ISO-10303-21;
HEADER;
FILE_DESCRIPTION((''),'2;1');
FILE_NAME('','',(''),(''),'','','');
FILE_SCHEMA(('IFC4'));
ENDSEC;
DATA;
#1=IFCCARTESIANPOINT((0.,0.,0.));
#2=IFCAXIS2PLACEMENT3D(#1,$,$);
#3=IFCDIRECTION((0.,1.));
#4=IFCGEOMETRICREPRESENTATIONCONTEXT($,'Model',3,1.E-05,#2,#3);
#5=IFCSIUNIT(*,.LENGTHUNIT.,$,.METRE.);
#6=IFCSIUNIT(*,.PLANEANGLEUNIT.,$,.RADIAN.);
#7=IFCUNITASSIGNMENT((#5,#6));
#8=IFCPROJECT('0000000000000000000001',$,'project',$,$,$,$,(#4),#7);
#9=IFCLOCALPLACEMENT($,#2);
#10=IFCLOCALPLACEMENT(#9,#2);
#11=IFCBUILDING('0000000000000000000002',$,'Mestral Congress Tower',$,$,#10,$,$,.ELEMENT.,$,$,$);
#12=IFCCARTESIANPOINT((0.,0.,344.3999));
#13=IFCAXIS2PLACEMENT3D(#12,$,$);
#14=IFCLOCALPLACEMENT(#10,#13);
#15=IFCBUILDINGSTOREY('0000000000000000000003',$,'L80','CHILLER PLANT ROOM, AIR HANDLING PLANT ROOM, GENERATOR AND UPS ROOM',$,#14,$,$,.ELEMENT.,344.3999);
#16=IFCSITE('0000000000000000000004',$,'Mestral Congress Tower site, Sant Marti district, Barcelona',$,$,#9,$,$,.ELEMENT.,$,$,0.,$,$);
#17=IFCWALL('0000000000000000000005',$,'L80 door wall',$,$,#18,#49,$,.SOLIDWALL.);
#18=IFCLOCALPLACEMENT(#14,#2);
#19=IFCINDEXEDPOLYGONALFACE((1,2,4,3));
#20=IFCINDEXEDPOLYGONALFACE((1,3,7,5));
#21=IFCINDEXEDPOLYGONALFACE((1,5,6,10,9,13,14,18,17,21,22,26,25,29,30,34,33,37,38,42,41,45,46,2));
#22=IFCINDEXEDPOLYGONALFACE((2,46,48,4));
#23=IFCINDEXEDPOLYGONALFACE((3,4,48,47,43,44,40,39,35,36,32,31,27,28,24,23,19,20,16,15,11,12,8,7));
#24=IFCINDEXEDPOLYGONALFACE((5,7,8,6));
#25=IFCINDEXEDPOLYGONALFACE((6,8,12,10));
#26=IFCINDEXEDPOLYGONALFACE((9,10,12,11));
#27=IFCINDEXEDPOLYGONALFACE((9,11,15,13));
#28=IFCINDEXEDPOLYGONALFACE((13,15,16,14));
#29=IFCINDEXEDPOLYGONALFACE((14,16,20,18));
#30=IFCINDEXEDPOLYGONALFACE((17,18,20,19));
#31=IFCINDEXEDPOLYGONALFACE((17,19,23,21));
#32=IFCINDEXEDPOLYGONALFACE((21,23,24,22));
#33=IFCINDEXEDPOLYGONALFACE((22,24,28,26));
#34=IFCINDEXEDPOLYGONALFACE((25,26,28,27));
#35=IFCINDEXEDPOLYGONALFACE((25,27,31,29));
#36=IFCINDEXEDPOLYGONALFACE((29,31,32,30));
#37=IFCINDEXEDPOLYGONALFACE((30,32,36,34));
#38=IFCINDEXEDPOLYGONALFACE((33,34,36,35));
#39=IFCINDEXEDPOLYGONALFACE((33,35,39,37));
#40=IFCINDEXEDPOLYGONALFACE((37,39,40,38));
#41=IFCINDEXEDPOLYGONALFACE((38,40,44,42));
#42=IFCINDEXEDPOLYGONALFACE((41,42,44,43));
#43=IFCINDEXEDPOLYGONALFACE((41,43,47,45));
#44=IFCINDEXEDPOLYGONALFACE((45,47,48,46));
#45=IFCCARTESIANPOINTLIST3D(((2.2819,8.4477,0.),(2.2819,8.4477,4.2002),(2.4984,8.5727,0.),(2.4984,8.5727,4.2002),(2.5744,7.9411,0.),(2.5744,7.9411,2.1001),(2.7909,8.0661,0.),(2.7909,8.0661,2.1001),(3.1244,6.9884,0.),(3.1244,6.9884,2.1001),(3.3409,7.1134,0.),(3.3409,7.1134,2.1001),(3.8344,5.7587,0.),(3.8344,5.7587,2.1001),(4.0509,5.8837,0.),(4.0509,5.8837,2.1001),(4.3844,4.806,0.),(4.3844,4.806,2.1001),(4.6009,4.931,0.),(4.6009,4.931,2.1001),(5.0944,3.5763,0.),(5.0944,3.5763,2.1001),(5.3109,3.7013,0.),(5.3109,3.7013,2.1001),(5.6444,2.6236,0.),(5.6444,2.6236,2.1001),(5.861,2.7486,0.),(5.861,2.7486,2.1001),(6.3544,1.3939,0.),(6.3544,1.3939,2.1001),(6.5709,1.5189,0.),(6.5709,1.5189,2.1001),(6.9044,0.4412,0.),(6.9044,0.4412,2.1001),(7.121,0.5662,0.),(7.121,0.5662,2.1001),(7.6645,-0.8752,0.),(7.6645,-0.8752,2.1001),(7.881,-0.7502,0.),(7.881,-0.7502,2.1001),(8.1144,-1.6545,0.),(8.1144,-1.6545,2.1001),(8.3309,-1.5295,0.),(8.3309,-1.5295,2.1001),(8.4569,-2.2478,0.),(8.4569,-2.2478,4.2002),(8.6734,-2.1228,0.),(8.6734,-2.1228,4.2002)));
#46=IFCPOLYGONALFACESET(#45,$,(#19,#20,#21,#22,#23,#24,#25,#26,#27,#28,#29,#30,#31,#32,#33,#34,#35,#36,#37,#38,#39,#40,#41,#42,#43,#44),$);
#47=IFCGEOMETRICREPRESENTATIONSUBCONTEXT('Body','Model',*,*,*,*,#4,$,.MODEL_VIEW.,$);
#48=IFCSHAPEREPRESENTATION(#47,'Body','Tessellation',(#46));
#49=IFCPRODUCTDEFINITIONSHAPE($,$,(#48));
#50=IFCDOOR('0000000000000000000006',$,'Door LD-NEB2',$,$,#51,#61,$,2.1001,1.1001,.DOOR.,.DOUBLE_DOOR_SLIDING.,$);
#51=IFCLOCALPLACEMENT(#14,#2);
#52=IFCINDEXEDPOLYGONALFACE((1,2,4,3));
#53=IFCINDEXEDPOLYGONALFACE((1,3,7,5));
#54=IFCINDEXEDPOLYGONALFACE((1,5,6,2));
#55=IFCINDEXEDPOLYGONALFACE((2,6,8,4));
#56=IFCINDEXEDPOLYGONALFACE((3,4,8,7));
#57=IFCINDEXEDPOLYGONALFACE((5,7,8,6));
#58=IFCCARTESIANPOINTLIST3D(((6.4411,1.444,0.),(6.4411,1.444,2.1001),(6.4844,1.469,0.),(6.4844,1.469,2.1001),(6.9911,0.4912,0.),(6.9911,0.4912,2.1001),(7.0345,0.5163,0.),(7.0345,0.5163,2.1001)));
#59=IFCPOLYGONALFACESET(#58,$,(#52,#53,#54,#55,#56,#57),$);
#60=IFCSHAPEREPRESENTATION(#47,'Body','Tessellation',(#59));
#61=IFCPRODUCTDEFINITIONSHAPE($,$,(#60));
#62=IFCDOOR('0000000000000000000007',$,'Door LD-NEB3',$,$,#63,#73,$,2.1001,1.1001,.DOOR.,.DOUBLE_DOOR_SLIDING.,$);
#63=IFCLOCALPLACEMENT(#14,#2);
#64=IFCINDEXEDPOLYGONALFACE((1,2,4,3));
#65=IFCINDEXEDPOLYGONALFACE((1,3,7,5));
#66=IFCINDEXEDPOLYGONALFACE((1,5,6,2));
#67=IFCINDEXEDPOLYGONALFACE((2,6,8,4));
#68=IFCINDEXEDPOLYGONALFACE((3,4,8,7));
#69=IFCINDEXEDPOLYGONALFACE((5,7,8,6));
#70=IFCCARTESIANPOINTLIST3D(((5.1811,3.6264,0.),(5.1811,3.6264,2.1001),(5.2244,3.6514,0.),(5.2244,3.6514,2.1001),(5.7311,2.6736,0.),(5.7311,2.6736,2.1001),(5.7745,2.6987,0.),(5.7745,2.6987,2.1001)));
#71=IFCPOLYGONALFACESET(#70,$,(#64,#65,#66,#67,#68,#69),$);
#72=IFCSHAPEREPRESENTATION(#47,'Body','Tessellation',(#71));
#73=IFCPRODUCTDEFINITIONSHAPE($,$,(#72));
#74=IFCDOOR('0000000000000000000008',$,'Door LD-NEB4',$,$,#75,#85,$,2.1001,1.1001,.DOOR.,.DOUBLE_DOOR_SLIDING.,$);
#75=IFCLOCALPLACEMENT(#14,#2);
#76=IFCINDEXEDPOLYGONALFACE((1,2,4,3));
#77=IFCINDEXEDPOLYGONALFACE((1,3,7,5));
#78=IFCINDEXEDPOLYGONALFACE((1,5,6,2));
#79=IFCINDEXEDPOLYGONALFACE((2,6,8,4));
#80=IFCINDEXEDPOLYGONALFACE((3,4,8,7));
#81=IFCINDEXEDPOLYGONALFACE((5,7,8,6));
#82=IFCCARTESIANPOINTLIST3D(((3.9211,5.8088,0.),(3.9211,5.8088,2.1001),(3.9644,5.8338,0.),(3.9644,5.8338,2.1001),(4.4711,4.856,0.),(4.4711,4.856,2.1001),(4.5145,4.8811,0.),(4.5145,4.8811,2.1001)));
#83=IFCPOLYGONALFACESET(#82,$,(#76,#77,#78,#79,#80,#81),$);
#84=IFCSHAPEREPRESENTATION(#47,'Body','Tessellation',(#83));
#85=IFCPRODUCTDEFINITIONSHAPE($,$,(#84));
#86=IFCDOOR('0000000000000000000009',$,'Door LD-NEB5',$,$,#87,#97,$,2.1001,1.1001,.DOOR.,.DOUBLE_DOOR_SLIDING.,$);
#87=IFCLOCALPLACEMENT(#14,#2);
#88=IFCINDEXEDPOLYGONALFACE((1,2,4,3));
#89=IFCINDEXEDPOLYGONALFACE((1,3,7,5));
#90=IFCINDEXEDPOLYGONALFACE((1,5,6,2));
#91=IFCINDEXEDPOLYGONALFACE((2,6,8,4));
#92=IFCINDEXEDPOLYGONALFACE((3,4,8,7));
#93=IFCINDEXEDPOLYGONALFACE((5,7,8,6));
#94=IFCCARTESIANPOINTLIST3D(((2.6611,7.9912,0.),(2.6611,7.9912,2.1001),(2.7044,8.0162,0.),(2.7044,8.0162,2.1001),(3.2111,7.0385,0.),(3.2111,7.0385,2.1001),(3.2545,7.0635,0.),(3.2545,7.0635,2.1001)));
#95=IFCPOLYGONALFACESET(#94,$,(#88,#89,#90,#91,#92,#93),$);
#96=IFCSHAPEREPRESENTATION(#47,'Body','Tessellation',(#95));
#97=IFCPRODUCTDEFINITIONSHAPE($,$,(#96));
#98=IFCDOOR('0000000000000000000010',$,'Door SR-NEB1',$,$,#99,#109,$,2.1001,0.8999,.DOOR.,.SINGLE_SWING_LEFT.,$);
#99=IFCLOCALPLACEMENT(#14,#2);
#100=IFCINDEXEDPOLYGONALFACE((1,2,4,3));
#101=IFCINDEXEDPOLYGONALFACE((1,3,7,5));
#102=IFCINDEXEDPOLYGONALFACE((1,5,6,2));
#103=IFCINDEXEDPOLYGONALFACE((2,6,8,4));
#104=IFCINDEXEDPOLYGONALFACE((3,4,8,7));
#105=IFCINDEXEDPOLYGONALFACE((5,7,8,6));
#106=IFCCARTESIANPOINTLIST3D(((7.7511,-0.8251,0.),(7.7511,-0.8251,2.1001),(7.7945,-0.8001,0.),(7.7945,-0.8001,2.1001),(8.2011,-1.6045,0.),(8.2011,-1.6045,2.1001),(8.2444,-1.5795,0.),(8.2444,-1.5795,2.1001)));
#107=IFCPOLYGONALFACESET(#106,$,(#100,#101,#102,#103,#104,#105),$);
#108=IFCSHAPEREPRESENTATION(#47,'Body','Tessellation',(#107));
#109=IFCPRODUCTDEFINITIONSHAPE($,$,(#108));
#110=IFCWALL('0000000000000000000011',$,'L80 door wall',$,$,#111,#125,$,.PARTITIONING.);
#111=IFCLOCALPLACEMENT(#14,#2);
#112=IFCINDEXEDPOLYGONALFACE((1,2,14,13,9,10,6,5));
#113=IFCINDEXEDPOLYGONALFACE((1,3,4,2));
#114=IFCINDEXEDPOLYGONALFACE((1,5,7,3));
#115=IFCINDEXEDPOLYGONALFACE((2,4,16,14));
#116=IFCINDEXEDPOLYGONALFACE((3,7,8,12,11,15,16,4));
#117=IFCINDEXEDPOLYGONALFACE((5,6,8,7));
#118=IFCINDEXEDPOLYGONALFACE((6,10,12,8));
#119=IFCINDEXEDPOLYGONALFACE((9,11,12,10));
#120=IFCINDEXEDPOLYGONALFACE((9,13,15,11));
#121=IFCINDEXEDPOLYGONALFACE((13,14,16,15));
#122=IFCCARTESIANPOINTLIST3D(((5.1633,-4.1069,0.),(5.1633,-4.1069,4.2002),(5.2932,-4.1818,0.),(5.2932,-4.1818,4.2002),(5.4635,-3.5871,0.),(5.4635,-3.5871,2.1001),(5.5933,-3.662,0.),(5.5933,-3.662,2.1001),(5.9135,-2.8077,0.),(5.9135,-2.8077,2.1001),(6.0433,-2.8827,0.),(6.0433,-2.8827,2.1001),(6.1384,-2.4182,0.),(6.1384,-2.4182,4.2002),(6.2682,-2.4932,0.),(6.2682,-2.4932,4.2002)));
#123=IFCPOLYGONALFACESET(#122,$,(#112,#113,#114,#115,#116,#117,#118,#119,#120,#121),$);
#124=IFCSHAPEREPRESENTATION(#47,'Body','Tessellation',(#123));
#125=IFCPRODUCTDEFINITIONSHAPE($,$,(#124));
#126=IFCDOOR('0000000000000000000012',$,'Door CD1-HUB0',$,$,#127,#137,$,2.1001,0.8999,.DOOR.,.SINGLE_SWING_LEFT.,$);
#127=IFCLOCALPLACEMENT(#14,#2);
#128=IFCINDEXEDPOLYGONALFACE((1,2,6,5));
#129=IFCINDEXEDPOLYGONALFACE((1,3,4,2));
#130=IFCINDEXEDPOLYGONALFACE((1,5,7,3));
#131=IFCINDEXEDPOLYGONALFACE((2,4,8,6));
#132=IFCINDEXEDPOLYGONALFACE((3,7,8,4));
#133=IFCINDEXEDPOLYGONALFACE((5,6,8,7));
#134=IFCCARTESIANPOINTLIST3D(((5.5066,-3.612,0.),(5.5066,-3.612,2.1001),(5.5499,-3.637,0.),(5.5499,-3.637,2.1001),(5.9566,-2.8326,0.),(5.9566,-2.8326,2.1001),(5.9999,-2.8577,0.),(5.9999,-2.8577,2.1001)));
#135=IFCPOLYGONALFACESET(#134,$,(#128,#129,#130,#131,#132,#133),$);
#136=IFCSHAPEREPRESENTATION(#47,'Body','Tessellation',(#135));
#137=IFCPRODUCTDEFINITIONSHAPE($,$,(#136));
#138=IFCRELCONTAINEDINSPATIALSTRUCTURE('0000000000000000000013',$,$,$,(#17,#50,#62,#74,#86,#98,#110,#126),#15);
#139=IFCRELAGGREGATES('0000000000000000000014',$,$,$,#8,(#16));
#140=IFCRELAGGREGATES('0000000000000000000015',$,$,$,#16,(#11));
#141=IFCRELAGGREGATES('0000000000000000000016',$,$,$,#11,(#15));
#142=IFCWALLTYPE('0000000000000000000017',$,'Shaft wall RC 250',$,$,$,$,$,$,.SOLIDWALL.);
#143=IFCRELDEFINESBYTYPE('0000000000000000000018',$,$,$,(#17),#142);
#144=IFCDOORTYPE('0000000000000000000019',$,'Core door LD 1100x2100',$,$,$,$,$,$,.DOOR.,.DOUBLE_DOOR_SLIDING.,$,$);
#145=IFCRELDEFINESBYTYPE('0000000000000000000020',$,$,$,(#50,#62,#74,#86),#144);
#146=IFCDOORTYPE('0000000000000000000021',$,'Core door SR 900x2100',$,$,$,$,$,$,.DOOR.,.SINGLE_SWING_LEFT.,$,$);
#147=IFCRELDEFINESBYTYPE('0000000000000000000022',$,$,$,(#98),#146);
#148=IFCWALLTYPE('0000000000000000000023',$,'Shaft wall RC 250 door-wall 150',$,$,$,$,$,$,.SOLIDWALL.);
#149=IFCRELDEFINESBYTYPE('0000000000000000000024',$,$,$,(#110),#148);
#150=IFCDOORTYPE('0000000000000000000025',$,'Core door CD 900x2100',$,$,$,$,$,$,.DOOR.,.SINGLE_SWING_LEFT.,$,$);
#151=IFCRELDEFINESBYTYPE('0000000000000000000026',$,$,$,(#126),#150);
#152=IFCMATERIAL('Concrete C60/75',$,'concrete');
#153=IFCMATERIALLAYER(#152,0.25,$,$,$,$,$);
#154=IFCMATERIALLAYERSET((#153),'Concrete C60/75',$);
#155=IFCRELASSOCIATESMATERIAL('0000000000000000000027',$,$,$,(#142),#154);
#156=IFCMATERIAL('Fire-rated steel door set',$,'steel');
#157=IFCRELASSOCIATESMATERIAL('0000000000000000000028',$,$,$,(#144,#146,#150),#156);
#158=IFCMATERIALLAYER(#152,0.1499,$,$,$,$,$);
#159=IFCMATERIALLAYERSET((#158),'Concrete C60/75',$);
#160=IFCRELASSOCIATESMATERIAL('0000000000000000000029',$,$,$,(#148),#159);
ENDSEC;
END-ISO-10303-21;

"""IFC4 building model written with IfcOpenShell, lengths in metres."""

from ifc_helpers import new_model, si_unit, direction, frame, frame_2d, origin, place, context, subcontext, project, spatial, rectangle, extrude, material, layer, layer_set, type_object, element, fill, save


model = new_model("IFC4")

# Units and contexts
model_context = context("Model", 3, precision=1e-05, world=origin(), true_north=direction((0.0, 1.0)))
body_context = subcontext(model_context, "Body", "Model", "MODEL_VIEW")
ifc_project = project(units=[si_unit("LENGTHUNIT", "METRE"), si_unit("PLANEANGLEUNIT", "RADIAN")], contexts=[model_context])

# Site, building, storey
site_placement = place(None, origin())
site = spatial("IfcSite", under=ifc_project, at=site_placement, Name="Mestral Congress Tower site, Sant Marti district, Barcelona", CompositionType="ELEMENT", RefElevation=0.0)
building_placement = place(site_placement, origin())
building = spatial("IfcBuilding", under=site, at=building_placement, Name="Mestral Congress Tower", CompositionType="ELEMENT")
storey_placement = place(building_placement, frame((0.0, 0.0, 344.3999)))
storey = spatial("IfcBuildingStorey", under=building, at=storey_placement, Name="L80", Description="CHILLER PLANT ROOM, AIR HANDLING PLANT ROOM, GENERATOR AND UPS ROOM", CompositionType="ELEMENT", Elevation=344.3999)

# Shared definitions
ifc_material_1 = material(Name="Concrete C60/75", Category="concrete")
ifc_layer_1 = layer(ifc_material_1, 0.25)
ifc_layer_set_1 = layer_set([ifc_layer_1], Name="Concrete C60/75")
wall_type_1 = type_object("IfcWallType", Name="Shaft wall RC 250", PredefinedType="SOLIDWALL", material=ifc_layer_set_1)

# Wall, openings, doors
wall_1_placement = place(storey_placement, frame((8.5652, -2.1853, 0.0), z_axis=(0.0, 0.0, 1.0), x_axis=(-0.499998, 0.866027, 0.0)))
wall_1 = element("IfcWall", 1, at=wall_1_placement, inside=storey, type_object=wall_type_1, Name="L80 door wall", PredefinedType="SOLIDWALL", context=body_context, shape_type="SweptSolid", body=[
    extrude(rectangle(XDim=12.3501, YDim=0.25, at=frame_2d((6.175, 0.0))), origin(), (0.0, 0.0, 1.0), 4.2002),
])
opening_1_placement = place(wall_1_placement, frame((0.6851, 0.0, 0.0)))
opening_1 = element("IfcOpeningElement", 2, at=opening_1_placement, cuts=wall_1, PredefinedType="OPENING", context=body_context, shape_type="SweptSolid", body=[
    extrude(rectangle(XDim=0.8999, YDim=2.1001, at=frame_2d((0.45, 1.05))), frame((0.0, 0.135, 0.0), z_axis=(0.0, -1.0, 0.0), x_axis=(1.0, 0.0, 0.0)), (0.0, 0.0, 1.0), 0.27),
])
opening_2_placement = place(wall_1_placement, frame((3.105, 0.0, 0.0)))
opening_2 = element("IfcOpeningElement", 3, at=opening_2_placement, cuts=wall_1, PredefinedType="OPENING", context=body_context, shape_type="SweptSolid", body=[
    extrude(rectangle(XDim=1.1001, YDim=2.1001, at=frame_2d((0.55, 1.05))), frame((0.0, 0.135, 0.0), z_axis=(0.0, -1.0, 0.0), x_axis=(1.0, 0.0, 0.0)), (0.0, 0.0, 1.0), 0.27),
])
opening_3_placement = place(wall_1_placement, frame((5.625, 0.0, 0.0)))
opening_3 = element("IfcOpeningElement", 4, at=opening_3_placement, cuts=wall_1, PredefinedType="OPENING", context=body_context, shape_type="SweptSolid", body=[
    extrude(rectangle(XDim=1.1001, YDim=2.1001, at=frame_2d((0.55, 1.05))), frame((0.0, 0.135, 0.0), z_axis=(0.0, -1.0, 0.0), x_axis=(1.0, 0.0, 0.0)), (0.0, 0.0, 1.0), 0.27),
])
opening_4_placement = place(wall_1_placement, frame((8.145, 0.0, 0.0)))
opening_4 = element("IfcOpeningElement", 5, at=opening_4_placement, cuts=wall_1, PredefinedType="OPENING", context=body_context, shape_type="SweptSolid", body=[
    extrude(rectangle(XDim=1.1001, YDim=2.1001, at=frame_2d((0.55, 1.05))), frame((0.0, 0.135, 0.0), z_axis=(0.0, -1.0, 0.0), x_axis=(1.0, 0.0, 0.0)), (0.0, 0.0, 1.0), 0.27),
])
opening_5_placement = place(wall_1_placement, frame((10.665, 0.0, 0.0)))
opening_5 = element("IfcOpeningElement", 6, at=opening_5_placement, cuts=wall_1, PredefinedType="OPENING", context=body_context, shape_type="SweptSolid", body=[
    extrude(rectangle(XDim=1.1001, YDim=2.1001, at=frame_2d((0.55, 1.05))), frame((0.0, 0.135, 0.0), z_axis=(0.0, -1.0, 0.0), x_axis=(1.0, 0.0, 0.0)), (0.0, 0.0, 1.0), 0.27),
])
ifc_material_2 = material(Name="Fire-rated steel door set", Category="steel")
door_type_1 = type_object("IfcDoorType", Name="Core door LD 1100x2100", OperationType="DOUBLE_DOOR_SLIDING", PredefinedType="DOOR", material=ifc_material_2)
door_1_placement = place(opening_2_placement, origin())
door_1 = element("IfcDoor", 7, at=door_1_placement, inside=storey, type_object=door_type_1, Name="Door LD-NEB2", OperationType="DOUBLE_DOOR_SLIDING", OverallHeight=2.1001, OverallWidth=1.1001, PredefinedType="DOOR", context=body_context, shape_type="SweptSolid", body=[
    extrude(rectangle(XDim=1.1001, YDim=2.1001, at=frame_2d((0.55, 1.05))), frame((0.0, 0.0249, 0.0), z_axis=(0.0, -1.0, 0.0), x_axis=(1.0, 0.0, 0.0)), (0.0, 0.0, 1.0), 0.05),
])
fill(opening_2, door_1)
door_2_placement = place(opening_3_placement, origin())
door_2 = element("IfcDoor", 8, at=door_2_placement, inside=storey, type_object=door_type_1, Name="Door LD-NEB3", OperationType="DOUBLE_DOOR_SLIDING", OverallHeight=2.1001, OverallWidth=1.1001, PredefinedType="DOOR", context=body_context, shape_type="SweptSolid", body=[
    extrude(rectangle(XDim=1.1001, YDim=2.1001, at=frame_2d((0.55, 1.05))), frame((0.0, 0.0249, 0.0), z_axis=(0.0, -1.0, 0.0), x_axis=(1.0, 0.0, 0.0)), (0.0, 0.0, 1.0), 0.05),
])
fill(opening_3, door_2)
door_3_placement = place(opening_4_placement, origin())
door_3 = element("IfcDoor", 9, at=door_3_placement, inside=storey, type_object=door_type_1, Name="Door LD-NEB4", OperationType="DOUBLE_DOOR_SLIDING", OverallHeight=2.1001, OverallWidth=1.1001, PredefinedType="DOOR", context=body_context, shape_type="SweptSolid", body=[
    extrude(rectangle(XDim=1.1001, YDim=2.1001, at=frame_2d((0.55, 1.05))), frame((0.0, 0.0249, 0.0), z_axis=(0.0, -1.0, 0.0), x_axis=(1.0, 0.0, 0.0)), (0.0, 0.0, 1.0), 0.05),
])
fill(opening_4, door_3)
door_4_placement = place(opening_5_placement, origin())
door_4 = element("IfcDoor", 10, at=door_4_placement, inside=storey, type_object=door_type_1, Name="Door LD-NEB5", OperationType="DOUBLE_DOOR_SLIDING", OverallHeight=2.1001, OverallWidth=1.1001, PredefinedType="DOOR", context=body_context, shape_type="SweptSolid", body=[
    extrude(rectangle(XDim=1.1001, YDim=2.1001, at=frame_2d((0.55, 1.05))), frame((0.0, 0.0249, 0.0), z_axis=(0.0, -1.0, 0.0), x_axis=(1.0, 0.0, 0.0)), (0.0, 0.0, 1.0), 0.05),
])
fill(opening_5, door_4)
door_type_2 = type_object("IfcDoorType", Name="Core door SR 900x2100", OperationType="SINGLE_SWING_LEFT", PredefinedType="DOOR", material=ifc_material_2)
door_5_placement = place(opening_1_placement, origin())
door_5 = element("IfcDoor", 11, at=door_5_placement, inside=storey, type_object=door_type_2, Name="Door SR-NEB1", OperationType="SINGLE_SWING_LEFT", OverallHeight=2.1001, OverallWidth=0.8999, PredefinedType="DOOR", context=body_context, shape_type="SweptSolid", body=[
    extrude(rectangle(XDim=0.8999, YDim=2.1001, at=frame_2d((0.45, 1.05))), frame((0.0, 0.0249, 0.0), z_axis=(0.0, -1.0, 0.0), x_axis=(1.0, 0.0, 0.0)), (0.0, 0.0, 1.0), 0.05),
])
fill(opening_1, door_5)

# Wall, opening, door
ifc_layer_2 = layer(ifc_material_1, 0.1499)
ifc_layer_set_2 = layer_set([ifc_layer_2], Name="Concrete C60/75")
wall_type_2 = type_object("IfcWallType", Name="Shaft wall RC 250 door-wall 150", PredefinedType="SOLIDWALL", material=ifc_layer_set_2)
wall_2_placement = place(storey_placement, frame((6.2034, -2.4556, 0.0), z_axis=(0.0, 0.0, 1.0), x_axis=(-0.500044, -0.866, 0.0)))
wall_2 = element("IfcWall", 12, at=wall_2_placement, inside=storey, type_object=wall_type_2, Name="L80 door wall", PredefinedType="PARTITIONING", context=body_context, shape_type="SweptSolid", body=[
    extrude(rectangle(XDim=1.95, YDim=0.1499, at=frame_2d((0.9751, 0.0))), origin(), (0.0, 0.0, 1.0), 4.2002),
])
opening_6_placement = place(wall_2_placement, frame((0.45, 0.0, 0.0)))
opening_6 = element("IfcOpeningElement", 13, at=opening_6_placement, cuts=wall_2, PredefinedType="OPENING", context=body_context, shape_type="SweptSolid", body=[
    extrude(rectangle(XDim=0.8999, YDim=2.1001, at=frame_2d((0.45, 1.05))), frame((0.0, 0.085, 0.0), z_axis=(0.0, -1.0, 0.0), x_axis=(1.0, 0.0, 0.0)), (0.0, 0.0, 1.0), 0.1699),
])
door_type_3 = type_object("IfcDoorType", Name="Core door CD 900x2100", OperationType="SINGLE_SWING_LEFT", PredefinedType="DOOR", material=ifc_material_2)
door_6_placement = place(opening_6_placement, origin())
door_6 = element("IfcDoor", 14, at=door_6_placement, inside=storey, type_object=door_type_3, Name="Door CD1-HUB0", OperationType="SINGLE_SWING_LEFT", OverallHeight=2.1001, OverallWidth=0.8999, PredefinedType="DOOR", context=body_context, shape_type="SweptSolid", body=[
    extrude(rectangle(XDim=0.8999, YDim=2.1001, at=frame_2d((0.45, 1.05))), frame((0.0, 0.0249, 0.0), z_axis=(0.0, -1.0, 0.0), x_axis=(1.0, 0.0, 0.0)), (0.0, 0.0, 1.0), 0.05),
])
fill(opening_6, door_6)

save(model, "model.ifc")
